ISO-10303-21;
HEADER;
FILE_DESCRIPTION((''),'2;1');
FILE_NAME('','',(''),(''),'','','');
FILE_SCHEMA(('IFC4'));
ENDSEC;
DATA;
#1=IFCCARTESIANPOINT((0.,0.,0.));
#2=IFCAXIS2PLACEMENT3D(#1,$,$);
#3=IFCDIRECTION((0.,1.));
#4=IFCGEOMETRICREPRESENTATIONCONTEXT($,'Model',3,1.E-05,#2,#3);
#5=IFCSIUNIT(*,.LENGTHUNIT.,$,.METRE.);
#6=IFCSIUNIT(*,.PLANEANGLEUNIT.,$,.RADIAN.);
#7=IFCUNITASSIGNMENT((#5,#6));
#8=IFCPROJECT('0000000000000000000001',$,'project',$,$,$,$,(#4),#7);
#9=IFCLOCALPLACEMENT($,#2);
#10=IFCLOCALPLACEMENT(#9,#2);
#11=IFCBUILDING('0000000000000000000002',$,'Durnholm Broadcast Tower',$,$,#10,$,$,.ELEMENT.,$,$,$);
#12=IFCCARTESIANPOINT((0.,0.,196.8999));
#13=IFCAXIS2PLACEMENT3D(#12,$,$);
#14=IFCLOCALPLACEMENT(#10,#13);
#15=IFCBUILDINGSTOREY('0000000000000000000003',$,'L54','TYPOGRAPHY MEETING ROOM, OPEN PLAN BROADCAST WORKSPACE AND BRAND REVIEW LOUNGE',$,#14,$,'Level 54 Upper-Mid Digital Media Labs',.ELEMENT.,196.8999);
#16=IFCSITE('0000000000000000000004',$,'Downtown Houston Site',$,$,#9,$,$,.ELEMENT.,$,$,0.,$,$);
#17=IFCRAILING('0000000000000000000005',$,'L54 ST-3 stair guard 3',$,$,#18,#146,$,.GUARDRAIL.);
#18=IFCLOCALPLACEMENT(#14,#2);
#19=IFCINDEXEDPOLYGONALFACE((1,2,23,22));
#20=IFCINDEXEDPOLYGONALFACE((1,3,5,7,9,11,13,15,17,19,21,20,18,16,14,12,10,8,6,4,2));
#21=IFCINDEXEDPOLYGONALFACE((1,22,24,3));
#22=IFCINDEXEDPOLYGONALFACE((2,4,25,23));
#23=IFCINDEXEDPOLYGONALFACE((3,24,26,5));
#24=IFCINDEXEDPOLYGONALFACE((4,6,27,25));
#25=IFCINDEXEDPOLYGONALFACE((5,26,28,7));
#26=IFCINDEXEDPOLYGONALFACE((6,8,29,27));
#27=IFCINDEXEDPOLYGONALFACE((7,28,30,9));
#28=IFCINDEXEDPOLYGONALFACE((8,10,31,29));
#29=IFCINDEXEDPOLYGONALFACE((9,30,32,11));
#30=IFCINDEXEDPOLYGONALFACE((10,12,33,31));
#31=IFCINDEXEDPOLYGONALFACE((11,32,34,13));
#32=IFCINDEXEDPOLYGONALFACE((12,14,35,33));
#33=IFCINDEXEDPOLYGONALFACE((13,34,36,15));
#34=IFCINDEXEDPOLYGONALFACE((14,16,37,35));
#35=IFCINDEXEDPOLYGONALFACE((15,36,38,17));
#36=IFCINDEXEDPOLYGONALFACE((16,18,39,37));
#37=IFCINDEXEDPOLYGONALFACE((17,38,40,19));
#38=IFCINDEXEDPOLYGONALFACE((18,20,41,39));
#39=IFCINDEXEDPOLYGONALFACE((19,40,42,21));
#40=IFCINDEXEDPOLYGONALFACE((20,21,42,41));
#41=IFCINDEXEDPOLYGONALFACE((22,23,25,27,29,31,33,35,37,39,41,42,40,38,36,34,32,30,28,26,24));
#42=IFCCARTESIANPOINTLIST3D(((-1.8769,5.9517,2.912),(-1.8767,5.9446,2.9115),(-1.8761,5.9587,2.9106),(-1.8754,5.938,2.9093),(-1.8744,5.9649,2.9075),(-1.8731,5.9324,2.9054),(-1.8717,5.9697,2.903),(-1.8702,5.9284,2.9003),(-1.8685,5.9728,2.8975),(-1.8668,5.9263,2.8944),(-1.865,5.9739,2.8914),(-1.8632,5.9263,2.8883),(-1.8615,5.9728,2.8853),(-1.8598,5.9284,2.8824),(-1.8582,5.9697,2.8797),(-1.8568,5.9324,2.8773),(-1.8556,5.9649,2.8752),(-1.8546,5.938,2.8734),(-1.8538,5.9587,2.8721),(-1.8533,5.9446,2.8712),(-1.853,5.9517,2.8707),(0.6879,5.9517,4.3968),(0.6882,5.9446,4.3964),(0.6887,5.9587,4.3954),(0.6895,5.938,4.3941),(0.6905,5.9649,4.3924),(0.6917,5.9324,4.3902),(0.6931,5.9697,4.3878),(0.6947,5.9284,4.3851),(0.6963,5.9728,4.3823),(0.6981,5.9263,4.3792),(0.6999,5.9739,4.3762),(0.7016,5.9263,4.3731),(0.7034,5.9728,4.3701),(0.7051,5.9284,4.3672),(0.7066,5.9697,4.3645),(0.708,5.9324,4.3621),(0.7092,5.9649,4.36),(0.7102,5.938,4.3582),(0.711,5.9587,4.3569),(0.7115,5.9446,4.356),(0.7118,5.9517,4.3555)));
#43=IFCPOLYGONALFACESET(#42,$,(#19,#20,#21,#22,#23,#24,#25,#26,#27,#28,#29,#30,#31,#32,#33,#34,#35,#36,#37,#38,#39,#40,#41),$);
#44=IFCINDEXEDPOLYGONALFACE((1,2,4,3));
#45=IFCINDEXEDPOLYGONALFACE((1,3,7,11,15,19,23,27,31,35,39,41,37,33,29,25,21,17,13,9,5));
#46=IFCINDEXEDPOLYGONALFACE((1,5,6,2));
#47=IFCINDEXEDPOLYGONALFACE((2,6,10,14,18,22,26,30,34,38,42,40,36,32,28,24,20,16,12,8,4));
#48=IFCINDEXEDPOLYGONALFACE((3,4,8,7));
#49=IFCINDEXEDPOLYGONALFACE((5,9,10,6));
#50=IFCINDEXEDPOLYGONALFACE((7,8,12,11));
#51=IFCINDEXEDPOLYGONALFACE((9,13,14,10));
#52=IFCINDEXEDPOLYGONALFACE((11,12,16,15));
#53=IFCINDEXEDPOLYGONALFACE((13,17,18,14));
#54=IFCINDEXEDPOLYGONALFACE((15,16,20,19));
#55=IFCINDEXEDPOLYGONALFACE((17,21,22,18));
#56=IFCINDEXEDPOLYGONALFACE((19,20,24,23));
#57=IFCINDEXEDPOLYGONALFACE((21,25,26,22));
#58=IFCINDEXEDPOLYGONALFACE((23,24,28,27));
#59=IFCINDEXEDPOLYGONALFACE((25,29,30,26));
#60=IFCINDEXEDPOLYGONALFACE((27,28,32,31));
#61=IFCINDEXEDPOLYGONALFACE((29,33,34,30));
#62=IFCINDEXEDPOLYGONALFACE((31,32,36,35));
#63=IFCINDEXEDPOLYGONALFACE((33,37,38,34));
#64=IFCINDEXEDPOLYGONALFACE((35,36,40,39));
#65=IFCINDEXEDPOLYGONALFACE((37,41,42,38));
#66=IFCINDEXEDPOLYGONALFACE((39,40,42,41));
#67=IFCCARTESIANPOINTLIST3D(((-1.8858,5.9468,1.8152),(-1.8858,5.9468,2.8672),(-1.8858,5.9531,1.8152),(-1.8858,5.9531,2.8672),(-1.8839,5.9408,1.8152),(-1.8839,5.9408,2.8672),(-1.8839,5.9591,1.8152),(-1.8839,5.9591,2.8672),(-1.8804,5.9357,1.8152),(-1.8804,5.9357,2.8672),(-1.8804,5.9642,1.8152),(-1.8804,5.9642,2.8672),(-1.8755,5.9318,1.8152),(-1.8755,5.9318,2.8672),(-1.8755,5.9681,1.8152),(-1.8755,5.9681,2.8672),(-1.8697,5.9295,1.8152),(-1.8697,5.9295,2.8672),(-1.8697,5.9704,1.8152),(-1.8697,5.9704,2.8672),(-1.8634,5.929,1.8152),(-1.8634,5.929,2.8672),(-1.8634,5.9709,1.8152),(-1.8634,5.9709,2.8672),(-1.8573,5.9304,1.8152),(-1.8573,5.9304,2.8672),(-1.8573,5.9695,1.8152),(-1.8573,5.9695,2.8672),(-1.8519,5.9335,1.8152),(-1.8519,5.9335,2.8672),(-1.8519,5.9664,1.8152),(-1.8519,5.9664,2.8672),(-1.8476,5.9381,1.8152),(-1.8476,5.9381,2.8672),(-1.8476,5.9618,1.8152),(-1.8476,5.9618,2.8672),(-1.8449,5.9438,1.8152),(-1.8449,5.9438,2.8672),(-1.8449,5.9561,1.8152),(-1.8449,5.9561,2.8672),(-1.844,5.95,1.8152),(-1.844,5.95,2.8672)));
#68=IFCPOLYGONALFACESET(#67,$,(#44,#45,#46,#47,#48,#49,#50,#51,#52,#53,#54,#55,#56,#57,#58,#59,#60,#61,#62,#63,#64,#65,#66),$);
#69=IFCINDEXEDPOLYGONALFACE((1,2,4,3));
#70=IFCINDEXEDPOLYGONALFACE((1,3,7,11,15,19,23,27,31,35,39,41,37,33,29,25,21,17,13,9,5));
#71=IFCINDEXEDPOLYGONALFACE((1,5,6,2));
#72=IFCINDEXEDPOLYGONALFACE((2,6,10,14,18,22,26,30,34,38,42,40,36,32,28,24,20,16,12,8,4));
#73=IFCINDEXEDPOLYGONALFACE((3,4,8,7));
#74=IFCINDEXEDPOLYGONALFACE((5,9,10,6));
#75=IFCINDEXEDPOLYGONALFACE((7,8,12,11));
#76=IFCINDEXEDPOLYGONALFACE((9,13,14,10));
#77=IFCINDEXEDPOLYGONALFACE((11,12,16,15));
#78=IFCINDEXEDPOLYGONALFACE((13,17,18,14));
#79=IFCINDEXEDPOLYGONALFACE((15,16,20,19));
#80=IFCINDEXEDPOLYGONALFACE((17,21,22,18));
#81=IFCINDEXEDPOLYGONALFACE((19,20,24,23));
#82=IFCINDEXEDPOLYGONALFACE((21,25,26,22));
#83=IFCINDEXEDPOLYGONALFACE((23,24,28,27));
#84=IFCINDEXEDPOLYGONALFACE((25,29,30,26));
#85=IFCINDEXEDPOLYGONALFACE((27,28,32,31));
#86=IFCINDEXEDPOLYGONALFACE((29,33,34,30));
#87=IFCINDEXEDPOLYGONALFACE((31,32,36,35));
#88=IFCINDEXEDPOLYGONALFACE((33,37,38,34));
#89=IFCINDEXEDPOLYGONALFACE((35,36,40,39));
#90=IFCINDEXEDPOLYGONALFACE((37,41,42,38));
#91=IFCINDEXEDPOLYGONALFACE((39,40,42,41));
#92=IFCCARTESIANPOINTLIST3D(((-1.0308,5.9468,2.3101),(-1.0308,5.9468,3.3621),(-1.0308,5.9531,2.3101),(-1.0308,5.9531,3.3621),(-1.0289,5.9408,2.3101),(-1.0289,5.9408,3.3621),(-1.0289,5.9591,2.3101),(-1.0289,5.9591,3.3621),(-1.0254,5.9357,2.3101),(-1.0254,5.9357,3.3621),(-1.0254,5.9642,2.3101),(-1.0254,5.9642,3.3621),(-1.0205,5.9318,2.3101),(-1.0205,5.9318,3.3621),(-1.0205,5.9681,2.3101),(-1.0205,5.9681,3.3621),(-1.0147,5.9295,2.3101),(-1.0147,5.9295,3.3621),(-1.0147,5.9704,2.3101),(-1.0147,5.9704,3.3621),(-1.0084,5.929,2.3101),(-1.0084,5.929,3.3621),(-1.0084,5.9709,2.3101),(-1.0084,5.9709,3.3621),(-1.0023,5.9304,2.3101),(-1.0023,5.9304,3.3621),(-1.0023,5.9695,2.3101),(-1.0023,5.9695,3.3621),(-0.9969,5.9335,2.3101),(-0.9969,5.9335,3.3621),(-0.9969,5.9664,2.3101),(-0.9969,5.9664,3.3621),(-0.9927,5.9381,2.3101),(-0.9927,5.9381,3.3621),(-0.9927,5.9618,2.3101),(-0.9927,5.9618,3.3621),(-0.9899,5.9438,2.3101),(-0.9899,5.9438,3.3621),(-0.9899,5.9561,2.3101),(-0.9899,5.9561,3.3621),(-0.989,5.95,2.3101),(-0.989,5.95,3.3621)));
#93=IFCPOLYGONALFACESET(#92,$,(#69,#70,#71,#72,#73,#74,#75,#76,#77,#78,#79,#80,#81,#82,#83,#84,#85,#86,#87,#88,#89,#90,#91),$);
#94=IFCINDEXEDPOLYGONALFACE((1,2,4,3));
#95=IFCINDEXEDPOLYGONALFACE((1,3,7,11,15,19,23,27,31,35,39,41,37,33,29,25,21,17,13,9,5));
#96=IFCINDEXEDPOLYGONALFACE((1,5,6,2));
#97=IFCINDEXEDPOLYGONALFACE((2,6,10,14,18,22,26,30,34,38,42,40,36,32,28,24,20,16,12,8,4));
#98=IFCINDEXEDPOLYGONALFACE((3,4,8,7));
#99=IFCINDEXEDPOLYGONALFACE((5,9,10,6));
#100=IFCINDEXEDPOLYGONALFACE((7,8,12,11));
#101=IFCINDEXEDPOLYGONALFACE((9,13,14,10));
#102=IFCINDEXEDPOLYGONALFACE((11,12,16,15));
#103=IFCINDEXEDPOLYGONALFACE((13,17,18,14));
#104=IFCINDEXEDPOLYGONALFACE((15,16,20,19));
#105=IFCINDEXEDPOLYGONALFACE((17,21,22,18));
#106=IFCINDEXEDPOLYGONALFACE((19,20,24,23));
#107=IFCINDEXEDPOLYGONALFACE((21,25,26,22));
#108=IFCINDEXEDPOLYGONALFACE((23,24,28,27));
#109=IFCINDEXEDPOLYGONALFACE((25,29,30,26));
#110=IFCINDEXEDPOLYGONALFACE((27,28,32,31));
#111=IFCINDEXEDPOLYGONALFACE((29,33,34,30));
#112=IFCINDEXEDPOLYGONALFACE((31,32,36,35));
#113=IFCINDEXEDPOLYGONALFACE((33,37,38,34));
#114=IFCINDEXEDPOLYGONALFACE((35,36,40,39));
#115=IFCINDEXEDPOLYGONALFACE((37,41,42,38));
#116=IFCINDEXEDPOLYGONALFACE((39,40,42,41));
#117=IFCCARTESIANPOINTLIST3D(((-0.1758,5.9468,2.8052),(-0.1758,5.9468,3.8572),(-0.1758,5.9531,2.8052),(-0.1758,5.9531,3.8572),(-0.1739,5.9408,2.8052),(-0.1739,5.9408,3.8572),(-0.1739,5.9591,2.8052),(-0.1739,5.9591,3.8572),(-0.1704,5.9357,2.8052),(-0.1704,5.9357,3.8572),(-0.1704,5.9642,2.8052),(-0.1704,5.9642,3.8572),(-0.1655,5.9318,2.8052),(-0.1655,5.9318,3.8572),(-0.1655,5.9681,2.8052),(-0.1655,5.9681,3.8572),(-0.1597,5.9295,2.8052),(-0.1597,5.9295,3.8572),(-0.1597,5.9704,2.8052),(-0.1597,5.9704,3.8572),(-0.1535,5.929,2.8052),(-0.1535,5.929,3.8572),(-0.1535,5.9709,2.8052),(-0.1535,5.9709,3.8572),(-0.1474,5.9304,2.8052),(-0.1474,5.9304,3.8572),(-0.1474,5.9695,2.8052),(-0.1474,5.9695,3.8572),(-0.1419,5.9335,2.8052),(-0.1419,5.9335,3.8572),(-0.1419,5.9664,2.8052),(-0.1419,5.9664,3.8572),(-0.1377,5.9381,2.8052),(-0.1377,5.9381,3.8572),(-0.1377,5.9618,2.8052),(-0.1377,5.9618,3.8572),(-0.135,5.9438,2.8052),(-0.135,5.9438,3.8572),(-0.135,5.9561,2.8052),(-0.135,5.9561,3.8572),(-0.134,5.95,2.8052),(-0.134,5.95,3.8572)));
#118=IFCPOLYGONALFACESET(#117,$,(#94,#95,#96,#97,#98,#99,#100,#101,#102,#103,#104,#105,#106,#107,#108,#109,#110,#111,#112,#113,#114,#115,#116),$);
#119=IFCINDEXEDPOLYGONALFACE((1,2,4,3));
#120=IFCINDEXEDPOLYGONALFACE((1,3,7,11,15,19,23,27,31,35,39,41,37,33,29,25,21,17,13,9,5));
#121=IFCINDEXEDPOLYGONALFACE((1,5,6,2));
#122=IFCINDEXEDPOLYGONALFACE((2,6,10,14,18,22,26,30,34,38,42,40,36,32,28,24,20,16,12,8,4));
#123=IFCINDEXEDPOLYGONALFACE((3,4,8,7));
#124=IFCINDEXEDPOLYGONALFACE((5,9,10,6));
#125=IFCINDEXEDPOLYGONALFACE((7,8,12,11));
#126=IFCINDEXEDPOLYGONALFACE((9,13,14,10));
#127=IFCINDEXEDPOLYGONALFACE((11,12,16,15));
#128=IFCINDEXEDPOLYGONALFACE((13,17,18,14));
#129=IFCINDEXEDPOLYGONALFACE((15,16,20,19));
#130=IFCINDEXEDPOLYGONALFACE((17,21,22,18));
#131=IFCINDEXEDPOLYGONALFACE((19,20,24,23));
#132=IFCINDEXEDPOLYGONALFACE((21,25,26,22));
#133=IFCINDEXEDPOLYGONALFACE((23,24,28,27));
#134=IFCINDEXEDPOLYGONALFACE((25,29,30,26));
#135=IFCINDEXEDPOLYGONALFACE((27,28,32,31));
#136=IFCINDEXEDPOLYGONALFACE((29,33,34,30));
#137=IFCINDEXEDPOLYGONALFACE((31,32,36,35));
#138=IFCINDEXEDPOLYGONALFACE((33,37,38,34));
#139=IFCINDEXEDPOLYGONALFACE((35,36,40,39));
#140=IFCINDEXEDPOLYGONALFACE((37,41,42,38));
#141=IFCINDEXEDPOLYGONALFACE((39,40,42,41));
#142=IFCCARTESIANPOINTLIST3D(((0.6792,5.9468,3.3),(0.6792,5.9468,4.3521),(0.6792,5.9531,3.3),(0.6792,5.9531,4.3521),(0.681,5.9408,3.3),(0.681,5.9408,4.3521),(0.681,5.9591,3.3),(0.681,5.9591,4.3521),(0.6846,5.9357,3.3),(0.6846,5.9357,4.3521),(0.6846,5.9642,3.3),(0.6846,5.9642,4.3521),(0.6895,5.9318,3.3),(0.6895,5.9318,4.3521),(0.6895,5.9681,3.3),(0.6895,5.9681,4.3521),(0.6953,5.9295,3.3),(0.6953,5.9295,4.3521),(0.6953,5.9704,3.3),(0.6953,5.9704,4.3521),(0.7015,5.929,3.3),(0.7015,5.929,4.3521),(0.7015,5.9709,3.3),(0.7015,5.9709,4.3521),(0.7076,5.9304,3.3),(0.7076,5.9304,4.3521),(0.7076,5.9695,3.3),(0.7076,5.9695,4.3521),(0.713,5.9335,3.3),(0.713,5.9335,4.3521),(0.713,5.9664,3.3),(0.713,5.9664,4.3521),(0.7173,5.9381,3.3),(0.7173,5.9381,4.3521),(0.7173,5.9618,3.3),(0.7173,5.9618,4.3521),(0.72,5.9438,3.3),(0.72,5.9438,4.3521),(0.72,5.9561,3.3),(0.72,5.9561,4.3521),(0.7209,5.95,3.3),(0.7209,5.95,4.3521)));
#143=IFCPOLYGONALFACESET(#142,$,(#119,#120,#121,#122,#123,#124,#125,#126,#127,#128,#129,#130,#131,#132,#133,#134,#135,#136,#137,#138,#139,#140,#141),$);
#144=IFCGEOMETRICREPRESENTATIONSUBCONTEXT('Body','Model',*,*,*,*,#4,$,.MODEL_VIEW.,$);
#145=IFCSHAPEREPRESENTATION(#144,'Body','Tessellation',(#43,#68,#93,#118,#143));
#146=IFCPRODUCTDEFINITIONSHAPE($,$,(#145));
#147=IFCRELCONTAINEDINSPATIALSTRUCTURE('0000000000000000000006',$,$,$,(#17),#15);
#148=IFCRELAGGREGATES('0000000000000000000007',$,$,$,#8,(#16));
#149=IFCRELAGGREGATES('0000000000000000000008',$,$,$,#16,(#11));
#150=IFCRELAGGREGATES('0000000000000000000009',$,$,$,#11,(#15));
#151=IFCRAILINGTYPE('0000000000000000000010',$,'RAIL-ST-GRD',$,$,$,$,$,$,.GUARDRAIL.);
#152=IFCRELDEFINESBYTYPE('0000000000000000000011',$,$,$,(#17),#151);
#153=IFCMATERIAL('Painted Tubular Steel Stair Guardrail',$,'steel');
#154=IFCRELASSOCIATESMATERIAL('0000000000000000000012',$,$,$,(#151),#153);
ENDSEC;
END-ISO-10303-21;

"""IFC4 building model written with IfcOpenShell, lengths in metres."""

from ifc_helpers import new_model, si_unit, direction, frame, origin, origin_2d, place, context, subcontext, project, spatial, circle, extrude, material, type_object, element, save


model = new_model("IFC4")

# Units and contexts
model_context = context("Model", 3, precision=1e-05, world=origin(), true_north=direction((0.0, 1.0)))
body_context = subcontext(model_context, "Body", "Model", "MODEL_VIEW")
ifc_project = project(units=[si_unit("LENGTHUNIT", "METRE"), si_unit("PLANEANGLEUNIT", "RADIAN")], contexts=[model_context])

# Site, building, storey
site_placement = place(None, origin())
site = spatial("IfcSite", under=ifc_project, at=site_placement, Name="Downtown Houston Site", CompositionType="ELEMENT", RefElevation=0.0)
building_placement = place(site_placement, origin())
building = spatial("IfcBuilding", under=site, at=building_placement, Name="Durnholm Broadcast Tower", CompositionType="ELEMENT")
storey_placement = place(building_placement, frame((0.0, 0.0, 196.8999)))
storey = spatial("IfcBuildingStorey", under=building, at=storey_placement, Name="L54", Description="TYPOGRAPHY MEETING ROOM, OPEN PLAN BROADCAST WORKSPACE AND BRAND REVIEW LOUNGE", LongName="Level 54 Upper-Mid Digital Media Labs", CompositionType="ELEMENT", Elevation=196.8999)

# Railing
ifc_material_1 = material(Name="Painted Tubular Steel Stair Guardrail", Category="steel")
railing_type_1 = type_object("IfcRailingType", Name="RAIL-ST-GRD", PredefinedType="GUARDRAIL", material=ifc_material_1)
railing_1_placement = place(storey_placement, frame((-1.865, 5.95, 1.8152)))
element("IfcRailing", 1, at=railing_1_placement, inside=storey, type_object=railing_type_1, Name="L54 ST-3 stair guard 3", PredefinedType="GUARDRAIL", context=body_context, shape_type="SweptSolid", body=[
    extrude(circle(Radius=0.0239, at=origin_2d()), frame((0.0, 0.0, 1.0762), z_axis=(0.865441, 0.0, 0.50101), x_axis=(0.0, 1.0, 0.0)), (0.0, 0.0, 1.0), 2.9636),
    extrude(circle(Radius=0.021, at=origin_2d()), origin(), (0.0, 0.0, 1.0), 1.052),
    extrude(circle(Radius=0.021, at=origin_2d()), frame((0.855, 0.0, 0.4949)), (0.0, 0.0, 1.0), 1.052),
    extrude(circle(Radius=0.021, at=origin_2d()), frame((1.71, 0.0, 0.99)), (0.0, 0.0, 1.0), 1.052),
    extrude(circle(Radius=0.021, at=origin_2d()), frame((2.5649, 0.0, 1.4849)), (0.0, 0.0, 1.0), 1.052),
])

save(model, "model.ifc")
